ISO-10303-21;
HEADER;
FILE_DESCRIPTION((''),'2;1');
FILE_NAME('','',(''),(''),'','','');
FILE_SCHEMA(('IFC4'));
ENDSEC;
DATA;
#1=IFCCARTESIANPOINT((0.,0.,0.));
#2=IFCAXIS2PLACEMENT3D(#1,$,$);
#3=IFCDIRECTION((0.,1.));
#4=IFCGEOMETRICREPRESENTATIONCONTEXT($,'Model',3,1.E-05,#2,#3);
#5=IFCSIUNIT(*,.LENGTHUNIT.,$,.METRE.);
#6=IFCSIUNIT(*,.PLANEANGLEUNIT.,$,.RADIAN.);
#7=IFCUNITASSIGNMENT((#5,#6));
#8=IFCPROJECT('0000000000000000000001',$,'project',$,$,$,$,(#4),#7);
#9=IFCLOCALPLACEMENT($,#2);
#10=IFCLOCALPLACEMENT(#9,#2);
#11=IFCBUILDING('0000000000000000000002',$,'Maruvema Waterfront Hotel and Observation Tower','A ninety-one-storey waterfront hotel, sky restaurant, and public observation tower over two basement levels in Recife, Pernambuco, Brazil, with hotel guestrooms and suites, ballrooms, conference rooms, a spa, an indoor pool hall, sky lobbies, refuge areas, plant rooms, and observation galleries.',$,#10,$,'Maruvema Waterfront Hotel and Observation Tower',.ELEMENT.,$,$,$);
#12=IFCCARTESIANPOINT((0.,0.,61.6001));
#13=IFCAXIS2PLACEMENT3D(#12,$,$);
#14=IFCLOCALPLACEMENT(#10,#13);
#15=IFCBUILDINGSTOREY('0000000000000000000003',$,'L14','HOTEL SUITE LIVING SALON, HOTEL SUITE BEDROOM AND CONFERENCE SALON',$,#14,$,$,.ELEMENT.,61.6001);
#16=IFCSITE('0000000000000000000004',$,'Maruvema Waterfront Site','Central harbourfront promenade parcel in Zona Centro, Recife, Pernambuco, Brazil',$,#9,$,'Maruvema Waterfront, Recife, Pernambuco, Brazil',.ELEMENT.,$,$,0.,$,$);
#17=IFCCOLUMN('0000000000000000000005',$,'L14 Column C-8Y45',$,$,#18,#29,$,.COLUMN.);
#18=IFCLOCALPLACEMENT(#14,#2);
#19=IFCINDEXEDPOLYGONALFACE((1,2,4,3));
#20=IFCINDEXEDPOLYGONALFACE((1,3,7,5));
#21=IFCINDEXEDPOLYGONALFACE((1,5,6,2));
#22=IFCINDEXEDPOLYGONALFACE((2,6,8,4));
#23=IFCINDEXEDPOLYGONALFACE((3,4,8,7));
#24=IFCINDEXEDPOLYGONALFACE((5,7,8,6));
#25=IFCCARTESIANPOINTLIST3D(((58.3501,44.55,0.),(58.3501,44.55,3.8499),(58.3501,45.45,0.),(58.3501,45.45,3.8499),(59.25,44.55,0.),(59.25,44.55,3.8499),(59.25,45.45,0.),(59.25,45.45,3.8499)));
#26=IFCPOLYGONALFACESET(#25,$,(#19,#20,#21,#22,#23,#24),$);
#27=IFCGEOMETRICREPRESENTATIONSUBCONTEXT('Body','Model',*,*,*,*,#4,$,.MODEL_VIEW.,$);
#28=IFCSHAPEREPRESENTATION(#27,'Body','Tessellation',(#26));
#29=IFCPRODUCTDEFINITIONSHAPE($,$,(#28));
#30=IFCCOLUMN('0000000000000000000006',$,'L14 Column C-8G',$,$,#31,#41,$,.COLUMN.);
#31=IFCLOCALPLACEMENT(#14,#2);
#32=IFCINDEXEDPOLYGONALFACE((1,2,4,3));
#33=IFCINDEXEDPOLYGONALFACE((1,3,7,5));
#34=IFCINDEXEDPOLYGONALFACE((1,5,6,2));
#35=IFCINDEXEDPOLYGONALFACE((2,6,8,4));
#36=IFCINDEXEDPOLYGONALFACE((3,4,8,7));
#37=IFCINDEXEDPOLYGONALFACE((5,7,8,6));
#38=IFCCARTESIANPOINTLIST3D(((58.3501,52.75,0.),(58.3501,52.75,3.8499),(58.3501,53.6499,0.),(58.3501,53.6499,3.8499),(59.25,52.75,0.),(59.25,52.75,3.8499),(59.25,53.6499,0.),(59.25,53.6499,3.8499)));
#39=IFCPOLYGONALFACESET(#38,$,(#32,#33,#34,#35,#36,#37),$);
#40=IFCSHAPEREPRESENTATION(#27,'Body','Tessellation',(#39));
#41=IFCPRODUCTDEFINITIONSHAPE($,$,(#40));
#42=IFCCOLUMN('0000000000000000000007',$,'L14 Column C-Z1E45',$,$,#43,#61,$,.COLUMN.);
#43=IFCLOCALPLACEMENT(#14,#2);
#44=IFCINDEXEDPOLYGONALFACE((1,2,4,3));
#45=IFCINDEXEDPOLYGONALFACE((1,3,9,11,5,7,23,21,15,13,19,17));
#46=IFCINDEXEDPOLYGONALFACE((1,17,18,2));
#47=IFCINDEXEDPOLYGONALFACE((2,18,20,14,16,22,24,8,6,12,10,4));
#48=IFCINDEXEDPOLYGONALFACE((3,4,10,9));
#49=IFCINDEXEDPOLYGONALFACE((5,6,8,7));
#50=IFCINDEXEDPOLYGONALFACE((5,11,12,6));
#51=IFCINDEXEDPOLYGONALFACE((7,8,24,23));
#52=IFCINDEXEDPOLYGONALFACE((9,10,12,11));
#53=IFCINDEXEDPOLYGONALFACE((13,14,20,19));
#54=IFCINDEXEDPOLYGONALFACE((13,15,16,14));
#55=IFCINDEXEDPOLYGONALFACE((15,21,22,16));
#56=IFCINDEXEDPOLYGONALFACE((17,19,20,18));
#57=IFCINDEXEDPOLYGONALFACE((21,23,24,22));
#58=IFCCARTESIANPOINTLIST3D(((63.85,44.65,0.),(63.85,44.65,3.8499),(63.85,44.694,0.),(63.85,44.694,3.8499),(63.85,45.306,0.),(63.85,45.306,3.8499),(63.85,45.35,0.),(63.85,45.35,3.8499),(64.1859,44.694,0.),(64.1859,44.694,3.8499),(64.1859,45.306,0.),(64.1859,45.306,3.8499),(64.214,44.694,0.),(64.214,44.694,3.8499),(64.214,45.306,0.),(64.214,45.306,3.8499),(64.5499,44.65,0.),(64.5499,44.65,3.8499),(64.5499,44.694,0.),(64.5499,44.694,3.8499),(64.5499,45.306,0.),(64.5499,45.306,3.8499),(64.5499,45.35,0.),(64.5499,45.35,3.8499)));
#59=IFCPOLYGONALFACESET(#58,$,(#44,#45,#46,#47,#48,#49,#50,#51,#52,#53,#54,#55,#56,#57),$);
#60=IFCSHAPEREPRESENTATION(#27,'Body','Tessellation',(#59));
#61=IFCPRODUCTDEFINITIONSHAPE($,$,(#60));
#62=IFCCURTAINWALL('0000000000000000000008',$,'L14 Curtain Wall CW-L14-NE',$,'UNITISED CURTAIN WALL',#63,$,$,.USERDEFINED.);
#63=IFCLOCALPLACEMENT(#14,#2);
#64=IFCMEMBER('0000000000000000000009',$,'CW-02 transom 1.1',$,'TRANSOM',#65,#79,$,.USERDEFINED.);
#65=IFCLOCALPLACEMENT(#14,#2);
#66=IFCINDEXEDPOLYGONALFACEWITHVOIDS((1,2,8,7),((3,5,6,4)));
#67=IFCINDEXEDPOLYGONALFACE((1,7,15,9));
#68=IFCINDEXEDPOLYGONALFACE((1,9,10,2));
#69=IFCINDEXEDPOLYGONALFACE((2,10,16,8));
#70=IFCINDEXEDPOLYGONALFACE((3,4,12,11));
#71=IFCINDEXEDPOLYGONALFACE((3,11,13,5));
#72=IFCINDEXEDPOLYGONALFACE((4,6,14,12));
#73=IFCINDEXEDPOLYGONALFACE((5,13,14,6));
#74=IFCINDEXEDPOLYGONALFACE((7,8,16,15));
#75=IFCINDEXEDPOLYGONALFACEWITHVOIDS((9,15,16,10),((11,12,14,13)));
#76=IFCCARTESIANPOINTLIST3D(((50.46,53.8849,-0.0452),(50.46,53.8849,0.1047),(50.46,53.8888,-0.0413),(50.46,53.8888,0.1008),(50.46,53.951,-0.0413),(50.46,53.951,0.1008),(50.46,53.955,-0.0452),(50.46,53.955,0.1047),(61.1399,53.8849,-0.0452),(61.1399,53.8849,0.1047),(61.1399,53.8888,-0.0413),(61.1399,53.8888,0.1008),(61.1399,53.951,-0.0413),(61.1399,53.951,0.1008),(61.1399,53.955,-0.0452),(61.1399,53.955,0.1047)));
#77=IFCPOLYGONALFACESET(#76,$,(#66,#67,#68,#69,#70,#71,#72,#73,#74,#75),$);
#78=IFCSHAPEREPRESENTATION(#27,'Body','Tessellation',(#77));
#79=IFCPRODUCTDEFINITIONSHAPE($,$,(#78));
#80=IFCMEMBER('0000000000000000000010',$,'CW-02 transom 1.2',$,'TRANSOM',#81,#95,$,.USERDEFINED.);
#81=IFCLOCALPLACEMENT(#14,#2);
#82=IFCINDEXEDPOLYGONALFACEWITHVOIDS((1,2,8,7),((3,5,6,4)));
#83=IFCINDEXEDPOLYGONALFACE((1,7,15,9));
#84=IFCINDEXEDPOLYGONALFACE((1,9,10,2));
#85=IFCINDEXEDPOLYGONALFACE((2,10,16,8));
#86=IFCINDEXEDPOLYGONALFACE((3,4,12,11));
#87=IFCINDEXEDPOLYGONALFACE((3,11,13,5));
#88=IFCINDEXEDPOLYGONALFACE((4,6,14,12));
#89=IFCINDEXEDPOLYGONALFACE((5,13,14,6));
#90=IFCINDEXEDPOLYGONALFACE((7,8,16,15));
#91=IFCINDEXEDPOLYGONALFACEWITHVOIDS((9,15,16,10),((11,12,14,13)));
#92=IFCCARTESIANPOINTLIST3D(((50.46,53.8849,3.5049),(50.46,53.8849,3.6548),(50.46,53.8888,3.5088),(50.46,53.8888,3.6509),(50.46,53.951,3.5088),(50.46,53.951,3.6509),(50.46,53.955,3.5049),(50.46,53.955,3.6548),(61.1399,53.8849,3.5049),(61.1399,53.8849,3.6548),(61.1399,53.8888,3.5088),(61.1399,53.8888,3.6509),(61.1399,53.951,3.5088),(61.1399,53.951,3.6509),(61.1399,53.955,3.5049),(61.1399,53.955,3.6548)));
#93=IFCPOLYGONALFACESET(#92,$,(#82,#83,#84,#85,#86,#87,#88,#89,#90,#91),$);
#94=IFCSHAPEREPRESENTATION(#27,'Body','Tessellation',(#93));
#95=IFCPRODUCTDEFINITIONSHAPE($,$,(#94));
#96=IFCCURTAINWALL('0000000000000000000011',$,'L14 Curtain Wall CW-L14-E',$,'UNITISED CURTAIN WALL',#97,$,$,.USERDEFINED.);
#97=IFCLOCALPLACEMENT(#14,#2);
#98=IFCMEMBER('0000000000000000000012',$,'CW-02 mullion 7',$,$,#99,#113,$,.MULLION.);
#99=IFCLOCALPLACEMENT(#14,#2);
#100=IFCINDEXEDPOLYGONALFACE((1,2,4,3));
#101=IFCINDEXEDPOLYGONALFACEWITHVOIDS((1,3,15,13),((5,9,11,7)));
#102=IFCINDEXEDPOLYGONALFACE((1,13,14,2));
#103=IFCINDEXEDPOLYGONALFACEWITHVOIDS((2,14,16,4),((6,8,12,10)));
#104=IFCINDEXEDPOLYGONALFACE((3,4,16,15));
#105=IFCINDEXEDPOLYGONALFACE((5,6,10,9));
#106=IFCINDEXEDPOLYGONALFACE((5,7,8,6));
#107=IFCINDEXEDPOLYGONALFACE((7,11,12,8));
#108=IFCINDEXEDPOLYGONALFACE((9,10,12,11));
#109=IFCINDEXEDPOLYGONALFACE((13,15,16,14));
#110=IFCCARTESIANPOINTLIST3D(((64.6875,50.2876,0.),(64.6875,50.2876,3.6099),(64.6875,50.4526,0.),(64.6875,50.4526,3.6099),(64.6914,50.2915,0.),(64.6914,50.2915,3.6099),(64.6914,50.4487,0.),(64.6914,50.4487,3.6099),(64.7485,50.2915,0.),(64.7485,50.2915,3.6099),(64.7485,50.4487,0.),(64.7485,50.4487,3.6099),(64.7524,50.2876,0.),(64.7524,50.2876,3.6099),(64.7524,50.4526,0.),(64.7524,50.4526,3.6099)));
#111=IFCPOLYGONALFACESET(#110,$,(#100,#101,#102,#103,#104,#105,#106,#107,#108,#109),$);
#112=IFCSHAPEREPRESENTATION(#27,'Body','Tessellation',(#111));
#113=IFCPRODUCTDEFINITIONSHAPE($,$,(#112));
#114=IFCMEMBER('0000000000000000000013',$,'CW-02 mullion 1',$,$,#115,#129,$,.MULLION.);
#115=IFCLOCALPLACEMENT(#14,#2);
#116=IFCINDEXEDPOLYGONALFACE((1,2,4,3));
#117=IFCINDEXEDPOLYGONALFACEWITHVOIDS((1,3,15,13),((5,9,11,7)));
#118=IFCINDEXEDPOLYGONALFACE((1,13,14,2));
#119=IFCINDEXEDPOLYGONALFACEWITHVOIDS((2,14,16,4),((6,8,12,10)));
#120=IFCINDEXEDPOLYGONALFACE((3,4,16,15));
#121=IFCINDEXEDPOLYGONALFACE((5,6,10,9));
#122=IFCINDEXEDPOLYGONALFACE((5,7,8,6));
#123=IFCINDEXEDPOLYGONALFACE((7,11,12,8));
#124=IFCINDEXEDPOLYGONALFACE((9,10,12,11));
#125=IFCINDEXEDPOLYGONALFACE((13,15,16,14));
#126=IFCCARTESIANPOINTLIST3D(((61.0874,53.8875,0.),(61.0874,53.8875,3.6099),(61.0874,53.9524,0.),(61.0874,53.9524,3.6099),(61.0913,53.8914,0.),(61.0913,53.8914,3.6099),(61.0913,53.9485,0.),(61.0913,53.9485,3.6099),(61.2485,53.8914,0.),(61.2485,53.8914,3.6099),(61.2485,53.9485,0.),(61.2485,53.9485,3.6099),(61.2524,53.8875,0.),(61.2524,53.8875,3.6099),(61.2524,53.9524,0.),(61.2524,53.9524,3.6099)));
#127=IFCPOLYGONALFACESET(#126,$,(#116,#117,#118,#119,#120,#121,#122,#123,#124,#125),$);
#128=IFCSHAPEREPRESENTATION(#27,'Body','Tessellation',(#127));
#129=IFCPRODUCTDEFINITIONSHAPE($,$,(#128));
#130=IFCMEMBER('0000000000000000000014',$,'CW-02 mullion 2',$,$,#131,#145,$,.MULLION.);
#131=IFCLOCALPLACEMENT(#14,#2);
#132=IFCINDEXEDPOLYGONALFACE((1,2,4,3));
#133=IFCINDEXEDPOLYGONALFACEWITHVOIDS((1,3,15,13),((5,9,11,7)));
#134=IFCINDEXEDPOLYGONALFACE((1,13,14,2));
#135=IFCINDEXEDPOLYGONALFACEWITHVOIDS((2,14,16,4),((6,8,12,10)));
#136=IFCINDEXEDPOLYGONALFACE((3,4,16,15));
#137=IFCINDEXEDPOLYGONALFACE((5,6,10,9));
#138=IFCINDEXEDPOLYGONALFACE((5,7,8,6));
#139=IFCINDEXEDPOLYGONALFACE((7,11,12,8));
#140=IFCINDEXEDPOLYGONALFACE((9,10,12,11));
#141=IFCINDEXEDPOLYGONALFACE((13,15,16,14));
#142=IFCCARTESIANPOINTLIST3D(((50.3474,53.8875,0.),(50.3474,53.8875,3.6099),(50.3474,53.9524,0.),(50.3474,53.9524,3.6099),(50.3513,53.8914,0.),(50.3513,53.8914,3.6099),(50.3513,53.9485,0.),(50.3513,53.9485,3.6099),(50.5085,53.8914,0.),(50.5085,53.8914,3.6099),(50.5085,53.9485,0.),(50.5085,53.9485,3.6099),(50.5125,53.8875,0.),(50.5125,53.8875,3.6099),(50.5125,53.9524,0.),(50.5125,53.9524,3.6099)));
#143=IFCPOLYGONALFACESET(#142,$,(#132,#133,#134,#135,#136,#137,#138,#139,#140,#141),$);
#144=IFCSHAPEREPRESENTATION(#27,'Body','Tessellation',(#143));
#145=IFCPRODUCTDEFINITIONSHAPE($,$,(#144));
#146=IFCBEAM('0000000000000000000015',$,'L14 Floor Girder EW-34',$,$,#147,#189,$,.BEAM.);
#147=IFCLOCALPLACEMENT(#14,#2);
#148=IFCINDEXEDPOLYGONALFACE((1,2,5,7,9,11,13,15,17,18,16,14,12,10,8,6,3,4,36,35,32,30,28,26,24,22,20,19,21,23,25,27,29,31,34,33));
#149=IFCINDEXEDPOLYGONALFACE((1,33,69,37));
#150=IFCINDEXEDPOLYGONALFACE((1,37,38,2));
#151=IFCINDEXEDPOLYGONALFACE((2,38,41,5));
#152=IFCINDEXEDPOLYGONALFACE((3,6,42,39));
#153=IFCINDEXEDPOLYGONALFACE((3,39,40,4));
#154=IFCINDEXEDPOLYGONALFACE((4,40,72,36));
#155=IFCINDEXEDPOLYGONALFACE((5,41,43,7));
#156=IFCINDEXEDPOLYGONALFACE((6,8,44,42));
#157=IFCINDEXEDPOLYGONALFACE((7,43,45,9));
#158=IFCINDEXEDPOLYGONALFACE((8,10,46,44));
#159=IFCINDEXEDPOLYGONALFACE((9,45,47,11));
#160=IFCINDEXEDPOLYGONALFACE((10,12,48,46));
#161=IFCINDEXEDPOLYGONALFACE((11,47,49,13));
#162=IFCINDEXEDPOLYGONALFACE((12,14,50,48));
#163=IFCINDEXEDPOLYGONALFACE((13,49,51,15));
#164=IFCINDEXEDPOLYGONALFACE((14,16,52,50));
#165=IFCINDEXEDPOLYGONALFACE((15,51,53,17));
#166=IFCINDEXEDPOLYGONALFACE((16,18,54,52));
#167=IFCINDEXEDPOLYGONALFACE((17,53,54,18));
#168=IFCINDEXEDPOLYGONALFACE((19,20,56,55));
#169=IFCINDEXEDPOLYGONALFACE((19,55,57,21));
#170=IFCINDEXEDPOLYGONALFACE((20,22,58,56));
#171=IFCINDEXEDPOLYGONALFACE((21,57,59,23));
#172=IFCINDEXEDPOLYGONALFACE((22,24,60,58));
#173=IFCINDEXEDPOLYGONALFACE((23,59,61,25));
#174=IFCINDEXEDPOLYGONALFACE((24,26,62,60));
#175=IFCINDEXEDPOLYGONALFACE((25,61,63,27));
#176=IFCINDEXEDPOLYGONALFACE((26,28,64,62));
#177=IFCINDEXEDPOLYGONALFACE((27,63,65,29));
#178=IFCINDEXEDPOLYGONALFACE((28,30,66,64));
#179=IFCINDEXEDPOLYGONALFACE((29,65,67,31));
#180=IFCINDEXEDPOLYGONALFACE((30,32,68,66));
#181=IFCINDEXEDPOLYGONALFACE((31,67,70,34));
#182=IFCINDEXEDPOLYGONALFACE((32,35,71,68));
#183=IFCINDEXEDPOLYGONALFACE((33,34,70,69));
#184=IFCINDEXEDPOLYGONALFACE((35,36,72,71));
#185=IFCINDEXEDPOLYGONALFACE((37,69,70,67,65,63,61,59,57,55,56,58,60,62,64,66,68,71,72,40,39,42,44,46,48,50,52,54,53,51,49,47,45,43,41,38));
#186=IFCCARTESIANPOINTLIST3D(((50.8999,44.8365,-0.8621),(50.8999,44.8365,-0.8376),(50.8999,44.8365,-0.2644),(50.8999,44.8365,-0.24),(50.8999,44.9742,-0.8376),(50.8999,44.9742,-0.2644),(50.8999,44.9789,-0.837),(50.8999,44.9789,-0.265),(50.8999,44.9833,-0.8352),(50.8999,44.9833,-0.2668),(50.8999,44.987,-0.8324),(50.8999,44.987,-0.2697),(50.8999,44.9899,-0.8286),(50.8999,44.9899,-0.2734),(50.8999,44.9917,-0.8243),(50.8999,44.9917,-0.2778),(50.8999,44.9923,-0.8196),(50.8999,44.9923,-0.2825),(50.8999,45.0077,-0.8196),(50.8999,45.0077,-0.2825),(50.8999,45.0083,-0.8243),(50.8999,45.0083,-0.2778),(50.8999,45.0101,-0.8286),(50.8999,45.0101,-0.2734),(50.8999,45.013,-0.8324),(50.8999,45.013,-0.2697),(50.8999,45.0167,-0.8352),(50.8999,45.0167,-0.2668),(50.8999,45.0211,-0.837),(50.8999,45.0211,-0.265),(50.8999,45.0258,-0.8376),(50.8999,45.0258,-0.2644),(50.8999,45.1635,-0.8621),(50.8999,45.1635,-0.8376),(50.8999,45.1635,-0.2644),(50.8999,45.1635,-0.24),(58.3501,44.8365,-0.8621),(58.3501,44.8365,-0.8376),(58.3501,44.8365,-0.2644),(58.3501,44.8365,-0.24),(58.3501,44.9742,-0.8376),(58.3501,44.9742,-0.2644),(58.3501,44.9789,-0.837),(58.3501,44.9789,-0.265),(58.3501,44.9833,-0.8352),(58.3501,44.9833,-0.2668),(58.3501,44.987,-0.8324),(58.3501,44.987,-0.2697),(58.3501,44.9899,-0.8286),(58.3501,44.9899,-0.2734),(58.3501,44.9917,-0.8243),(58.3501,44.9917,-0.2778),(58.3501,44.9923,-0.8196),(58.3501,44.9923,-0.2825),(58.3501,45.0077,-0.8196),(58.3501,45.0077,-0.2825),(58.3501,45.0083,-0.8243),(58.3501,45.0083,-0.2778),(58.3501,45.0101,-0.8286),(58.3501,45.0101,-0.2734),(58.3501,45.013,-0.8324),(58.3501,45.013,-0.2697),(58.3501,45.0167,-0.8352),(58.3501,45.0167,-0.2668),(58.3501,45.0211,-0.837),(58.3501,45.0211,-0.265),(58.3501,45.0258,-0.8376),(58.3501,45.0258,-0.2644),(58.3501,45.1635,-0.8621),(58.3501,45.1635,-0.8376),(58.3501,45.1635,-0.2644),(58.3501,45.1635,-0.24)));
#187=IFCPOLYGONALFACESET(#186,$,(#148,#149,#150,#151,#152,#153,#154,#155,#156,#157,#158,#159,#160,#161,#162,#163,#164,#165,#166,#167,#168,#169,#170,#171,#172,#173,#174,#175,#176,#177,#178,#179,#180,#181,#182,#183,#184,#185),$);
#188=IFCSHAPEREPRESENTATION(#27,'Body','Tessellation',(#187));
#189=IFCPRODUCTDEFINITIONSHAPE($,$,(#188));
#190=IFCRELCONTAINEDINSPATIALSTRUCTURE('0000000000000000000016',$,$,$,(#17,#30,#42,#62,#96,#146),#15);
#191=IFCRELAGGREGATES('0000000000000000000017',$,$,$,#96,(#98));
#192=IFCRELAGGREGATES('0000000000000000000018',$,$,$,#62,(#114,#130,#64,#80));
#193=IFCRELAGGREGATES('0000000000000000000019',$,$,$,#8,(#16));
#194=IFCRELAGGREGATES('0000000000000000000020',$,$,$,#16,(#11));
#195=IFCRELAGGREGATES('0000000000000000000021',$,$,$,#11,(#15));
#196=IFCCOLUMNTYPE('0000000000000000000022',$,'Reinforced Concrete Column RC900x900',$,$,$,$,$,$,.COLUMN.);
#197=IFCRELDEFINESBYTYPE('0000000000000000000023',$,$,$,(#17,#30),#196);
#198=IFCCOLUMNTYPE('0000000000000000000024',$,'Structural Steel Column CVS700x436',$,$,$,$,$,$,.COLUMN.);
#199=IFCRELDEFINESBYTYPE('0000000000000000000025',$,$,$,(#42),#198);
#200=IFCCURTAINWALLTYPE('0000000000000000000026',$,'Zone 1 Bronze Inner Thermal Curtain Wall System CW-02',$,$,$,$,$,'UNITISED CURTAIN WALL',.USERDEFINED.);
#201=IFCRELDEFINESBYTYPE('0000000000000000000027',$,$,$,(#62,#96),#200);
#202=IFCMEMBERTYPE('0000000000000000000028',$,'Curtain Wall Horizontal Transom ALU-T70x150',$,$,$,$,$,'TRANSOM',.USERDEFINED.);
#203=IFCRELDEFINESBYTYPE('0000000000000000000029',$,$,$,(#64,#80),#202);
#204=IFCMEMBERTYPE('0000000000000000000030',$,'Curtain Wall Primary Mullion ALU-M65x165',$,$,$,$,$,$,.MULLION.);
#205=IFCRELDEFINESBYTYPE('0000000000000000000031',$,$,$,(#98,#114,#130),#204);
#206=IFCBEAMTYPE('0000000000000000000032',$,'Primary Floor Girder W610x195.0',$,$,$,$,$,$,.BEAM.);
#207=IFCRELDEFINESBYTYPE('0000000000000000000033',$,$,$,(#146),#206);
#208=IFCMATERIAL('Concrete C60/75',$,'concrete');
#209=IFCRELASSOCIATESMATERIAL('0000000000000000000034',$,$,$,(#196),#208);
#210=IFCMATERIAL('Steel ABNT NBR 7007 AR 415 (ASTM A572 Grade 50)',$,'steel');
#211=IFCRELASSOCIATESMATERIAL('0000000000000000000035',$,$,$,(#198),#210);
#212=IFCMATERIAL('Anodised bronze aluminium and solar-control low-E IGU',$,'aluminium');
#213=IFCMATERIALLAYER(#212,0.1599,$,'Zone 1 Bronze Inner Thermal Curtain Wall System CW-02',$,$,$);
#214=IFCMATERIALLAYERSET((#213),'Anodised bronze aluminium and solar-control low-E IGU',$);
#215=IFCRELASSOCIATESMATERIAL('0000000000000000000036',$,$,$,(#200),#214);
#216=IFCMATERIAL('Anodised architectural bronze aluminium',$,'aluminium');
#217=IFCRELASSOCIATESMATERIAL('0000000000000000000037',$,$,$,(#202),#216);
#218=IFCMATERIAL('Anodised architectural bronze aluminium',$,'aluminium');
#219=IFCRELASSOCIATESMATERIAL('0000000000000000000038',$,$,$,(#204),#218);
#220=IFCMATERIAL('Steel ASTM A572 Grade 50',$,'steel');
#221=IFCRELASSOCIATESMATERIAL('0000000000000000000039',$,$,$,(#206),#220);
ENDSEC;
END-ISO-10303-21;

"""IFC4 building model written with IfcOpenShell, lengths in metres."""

from ifc_helpers import new_model, si_unit, direction, frame, origin, origin_2d, place, context, subcontext, project, spatial, rectangle, hollow_rectangle, i_section, extrude, material, layer, layer_set, material_profile, profile_set, type_object, element, aggregate, save


model = new_model("IFC4")

# Units and contexts
model_context = context("Model", 3, precision=1e-05, world=origin(), true_north=direction((0.0, 1.0)))
body_context = subcontext(model_context, "Body", "Model", "MODEL_VIEW")
ifc_project = project(units=[si_unit("LENGTHUNIT", "METRE"), si_unit("PLANEANGLEUNIT", "RADIAN")], contexts=[model_context])

# Site, building, storey
site_placement = place(None, origin())
site = spatial("IfcSite", under=ifc_project, at=site_placement, Name="Maruvema Waterfront Site", Description="Central harbourfront promenade parcel in Zona Centro, Recife, Pernambuco, Brazil", LongName="Maruvema Waterfront, Recife, Pernambuco, Brazil", CompositionType="ELEMENT", RefElevation=0.0)
building_placement = place(site_placement, origin())
building = spatial("IfcBuilding", under=site, at=building_placement, Name="Maruvema Waterfront Hotel and Observation Tower", Description="A ninety-one-storey waterfront hotel, sky restaurant, and public observation tower over two basement levels in Recife, Pernambuco, Brazil, with hotel guestrooms and suites, ballrooms, conference rooms, a spa, an indoor pool hall, sky lobbies, refuge areas, plant rooms, and observation galleries.", LongName="Maruvema Waterfront Hotel and Observation Tower", CompositionType="ELEMENT")
storey_placement = place(building_placement, frame((0.0, 0.0, 61.6001)))
storey = spatial("IfcBuildingStorey", under=building, at=storey_placement, Name="L14", Description="HOTEL SUITE LIVING SALON, HOTEL SUITE BEDROOM AND CONFERENCE SALON", CompositionType="ELEMENT", Elevation=61.6001)

# Columns
ifc_material_1 = material(Name="Concrete C60/75", Category="concrete")
ifc_material_profile_1 = material_profile(ifc_material_1, rectangle(XDim=0.8999, YDim=0.8999, at=origin_2d()), Name="RC900x900")
ifc_profile_set_1 = profile_set([ifc_material_profile_1], Name="Concrete C60/75")
column_type_1 = type_object("IfcColumnType", Name="Reinforced Concrete Column RC900x900", PredefinedType="COLUMN", material=ifc_profile_set_1)
for number, where, z_axis, x_axis, name in (
    (1, (58.8, 45.0, 0.0), (0.0, 0.0, 1.0), (1.0, 0.0, 0.0), "L14 Column C-8Y45"),
    (2, (58.8, 53.2, 0.0), (0.0, 0.0, 1.0), (1.0, 0.0, 0.0), "L14 Column C-8G"),
):
    element("IfcColumn", number, at=place(storey_placement, frame(where, z_axis=z_axis, x_axis=x_axis)), inside=storey, type_object=column_type_1, Name=name, PredefinedType="COLUMN", context=body_context, shape_type="SweptSolid", body=[
        extrude(rectangle(XDim=0.8999, YDim=0.8999, at=origin_2d()), origin(), (0.0, 0.0, 1.0), 3.8499),
    ])
ifc_material_2 = material(Name="Steel ABNT NBR 7007 AR 415 (ASTM A572 Grade 50)", Category="steel")
ifc_material_profile_2 = material_profile(ifc_material_2, i_section(OverallWidth=0.7, OverallDepth=0.7, WebThickness=0.0281, FlangeThickness=0.0439, at=origin_2d()), Name="CVS700x436")
ifc_profile_set_2 = profile_set([ifc_material_profile_2], Name="Steel ABNT NBR 7007 AR 415 (ASTM A572 Grade 50)")
column_type_2 = type_object("IfcColumnType", Name="Structural Steel Column CVS700x436", PredefinedType="COLUMN", material=ifc_profile_set_2)
column_placement = place(storey_placement, frame((64.2, 45.0, 0.0), z_axis=(0.0, 0.0, 1.0), x_axis=(1.0, 0.0, 0.0)))
element("IfcColumn", 3, at=column_placement, inside=storey, type_object=column_type_2, Name="L14 Column C-Z1E45", PredefinedType="COLUMN", context=body_context, shape_type="SweptSolid", body=[
    extrude(i_section(OverallWidth=0.7, OverallDepth=0.7, WebThickness=0.0281, FlangeThickness=0.0439, at=origin_2d()), origin(), (0.0, 0.0, 1.0), 3.8499),
])

# Curtain wall, members
ifc_material_3 = material(Name="Anodised bronze aluminium and solar-control low-E IGU", Category="aluminium")
ifc_layer_1 = layer(ifc_material_3, 0.1599, Name="Zone 1 Bronze Inner Thermal Curtain Wall System CW-02")
ifc_layer_set_1 = layer_set([ifc_layer_1], Name="Anodised bronze aluminium and solar-control low-E IGU")
curtain_wall_type = type_object("IfcCurtainWallType", Name="Zone 1 Bronze Inner Thermal Curtain Wall System CW-02", ElementType="UNITISED CURTAIN WALL", PredefinedType="USERDEFINED", material=ifc_layer_set_1)
curtain_wall_1_placement = place(storey_placement, origin())
curtain_wall_1 = element("IfcCurtainWall", 4, at=curtain_wall_1_placement, inside=storey, type_object=curtain_wall_type, Name="L14 Curtain Wall CW-L14-NE", ObjectType="UNITISED CURTAIN WALL", PredefinedType="USERDEFINED")
ifc_material_4 = material(Name="Anodised architectural bronze aluminium", Category="aluminium")
ifc_material_profile_3 = material_profile(ifc_material_4, hollow_rectangle(XDim=0.0701, YDim=0.1499, WallThickness=0.0039, at=origin_2d()), Name="ALU-T70x150")
ifc_profile_set_3 = profile_set([ifc_material_profile_3], Name="Anodised architectural bronze aluminium")
member_type_1 = type_object("IfcMemberType", Name="Curtain Wall Horizontal Transom ALU-T70x150", ElementType="TRANSOM", PredefinedType="USERDEFINED", material=ifc_profile_set_3)
member_1_placement = place(storey_placement, frame((61.1399, 53.9199, 0.0298), z_axis=(-1.0, 0.0, 0.0), x_axis=(0.0, -1.0, 0.0)))
member_1 = element("IfcMember", 5, at=member_1_placement, type_object=member_type_1, Name="CW-02 transom 1.1", ObjectType="TRANSOM", PredefinedType="USERDEFINED", context=body_context, shape_type="SweptSolid", body=[
    extrude(hollow_rectangle(XDim=0.0701, YDim=0.1499, WallThickness=0.0039, at=origin_2d()), origin(), (0.0, 0.0, 1.0), 10.6799),
])
member_2_placement = place(storey_placement, frame((61.1399, 53.9199, 3.5798), z_axis=(-1.0, 0.0, 0.0), x_axis=(0.0, -1.0, 0.0)))
member_2 = element("IfcMember", 6, at=member_2_placement, type_object=member_type_1, Name="CW-02 transom 1.2", ObjectType="TRANSOM", PredefinedType="USERDEFINED", context=body_context, shape_type="SweptSolid", body=[
    extrude(hollow_rectangle(XDim=0.0701, YDim=0.1499, WallThickness=0.0039, at=origin_2d()), origin(), (0.0, 0.0, 1.0), 10.6799),
])

# Curtain wall, member
curtain_wall_2_placement = place(storey_placement, origin())
curtain_wall_2 = element("IfcCurtainWall", 7, at=curtain_wall_2_placement, inside=storey, type_object=curtain_wall_type, Name="L14 Curtain Wall CW-L14-E", ObjectType="UNITISED CURTAIN WALL", PredefinedType="USERDEFINED")
ifc_material_5 = material(Name="Anodised architectural bronze aluminium", Category="aluminium")
ifc_material_profile_4 = material_profile(ifc_material_5, hollow_rectangle(XDim=0.0649, YDim=0.165, WallThickness=0.0039, at=origin_2d()), Name="ALU-M65x165")
ifc_profile_set_4 = profile_set([ifc_material_profile_4], Name="Anodised architectural bronze aluminium")
member_type_2 = type_object("IfcMemberType", Name="Curtain Wall Primary Mullion ALU-M65x165", PredefinedType="MULLION", material=ifc_profile_set_4)
member_3_placement = place(storey_placement, frame((64.72, 50.3701, 0.0), z_axis=(0.0, 0.0, 1.0), x_axis=(-1.0, 0.0, 0.0)))
member_3 = element("IfcMember", 8, at=member_3_placement, type_object=member_type_2, Name="CW-02 mullion 7", PredefinedType="MULLION", context=body_context, shape_type="SweptSolid", body=[
    extrude(hollow_rectangle(XDim=0.0649, YDim=0.165, WallThickness=0.0039, at=origin_2d()), origin(), (0.0, 0.0, 1.0), 3.6099),
])

# Members
member_4_placement = place(storey_placement, frame((61.1699, 53.9199, 0.0), z_axis=(0.0, 0.0, 1.0), x_axis=(0.0, -1.0, 0.0)))
member_4 = element("IfcMember", 9, at=member_4_placement, type_object=member_type_2, Name="CW-02 mullion 1", PredefinedType="MULLION", context=body_context, shape_type="SweptSolid", body=[
    extrude(hollow_rectangle(XDim=0.0649, YDim=0.165, WallThickness=0.0039, at=origin_2d()), origin(), (0.0, 0.0, 1.0), 3.6099),
])
member_5_placement = place(storey_placement, frame((50.4299, 53.9199, 0.0), z_axis=(0.0, 0.0, 1.0), x_axis=(0.0, -1.0, 0.0)))
member_5 = element("IfcMember", 10, at=member_5_placement, type_object=member_type_2, Name="CW-02 mullion 2", PredefinedType="MULLION", context=body_context, shape_type="SweptSolid", body=[
    extrude(hollow_rectangle(XDim=0.0649, YDim=0.165, WallThickness=0.0039, at=origin_2d()), origin(), (0.0, 0.0, 1.0), 3.6099),
])

# Beam
ifc_material_6 = material(Name="Steel ASTM A572 Grade 50", Category="steel")
ifc_material_profile_5 = material_profile(ifc_material_6, i_section(OverallWidth=0.3269, OverallDepth=0.6221, WebThickness=0.0154, FlangeThickness=0.0244, FilletRadius=0.0181, at=origin_2d()), Name="W610x195.0")
ifc_profile_set_5 = profile_set([ifc_material_profile_5], Name="Steel ASTM A572 Grade 50")
beam_type = type_object("IfcBeamType", Name="Primary Floor Girder W610x195.0", PredefinedType="BEAM", material=ifc_profile_set_5)
beam_1_placement = place(storey_placement, frame((50.8999, 45.0, -0.551), z_axis=(1.0, 0.0, 0.0), x_axis=(0.0, 1.0, 0.0)))
element("IfcBeam", 11, at=beam_1_placement, inside=storey, type_object=beam_type, Name="L14 Floor Girder EW-34", PredefinedType="BEAM", context=body_context, shape_type="SweptSolid", body=[
    extrude(i_section(OverallWidth=0.3269, OverallDepth=0.6221, WebThickness=0.0154, FlangeThickness=0.0244, FilletRadius=0.0181, at=origin_2d()), origin(), (0.0, 0.0, 1.0), 7.4502),
])

aggregate(curtain_wall_2, [member_3])
aggregate(curtain_wall_1, [member_4, member_5, member_1, member_2])

save(model, "model.ifc")
